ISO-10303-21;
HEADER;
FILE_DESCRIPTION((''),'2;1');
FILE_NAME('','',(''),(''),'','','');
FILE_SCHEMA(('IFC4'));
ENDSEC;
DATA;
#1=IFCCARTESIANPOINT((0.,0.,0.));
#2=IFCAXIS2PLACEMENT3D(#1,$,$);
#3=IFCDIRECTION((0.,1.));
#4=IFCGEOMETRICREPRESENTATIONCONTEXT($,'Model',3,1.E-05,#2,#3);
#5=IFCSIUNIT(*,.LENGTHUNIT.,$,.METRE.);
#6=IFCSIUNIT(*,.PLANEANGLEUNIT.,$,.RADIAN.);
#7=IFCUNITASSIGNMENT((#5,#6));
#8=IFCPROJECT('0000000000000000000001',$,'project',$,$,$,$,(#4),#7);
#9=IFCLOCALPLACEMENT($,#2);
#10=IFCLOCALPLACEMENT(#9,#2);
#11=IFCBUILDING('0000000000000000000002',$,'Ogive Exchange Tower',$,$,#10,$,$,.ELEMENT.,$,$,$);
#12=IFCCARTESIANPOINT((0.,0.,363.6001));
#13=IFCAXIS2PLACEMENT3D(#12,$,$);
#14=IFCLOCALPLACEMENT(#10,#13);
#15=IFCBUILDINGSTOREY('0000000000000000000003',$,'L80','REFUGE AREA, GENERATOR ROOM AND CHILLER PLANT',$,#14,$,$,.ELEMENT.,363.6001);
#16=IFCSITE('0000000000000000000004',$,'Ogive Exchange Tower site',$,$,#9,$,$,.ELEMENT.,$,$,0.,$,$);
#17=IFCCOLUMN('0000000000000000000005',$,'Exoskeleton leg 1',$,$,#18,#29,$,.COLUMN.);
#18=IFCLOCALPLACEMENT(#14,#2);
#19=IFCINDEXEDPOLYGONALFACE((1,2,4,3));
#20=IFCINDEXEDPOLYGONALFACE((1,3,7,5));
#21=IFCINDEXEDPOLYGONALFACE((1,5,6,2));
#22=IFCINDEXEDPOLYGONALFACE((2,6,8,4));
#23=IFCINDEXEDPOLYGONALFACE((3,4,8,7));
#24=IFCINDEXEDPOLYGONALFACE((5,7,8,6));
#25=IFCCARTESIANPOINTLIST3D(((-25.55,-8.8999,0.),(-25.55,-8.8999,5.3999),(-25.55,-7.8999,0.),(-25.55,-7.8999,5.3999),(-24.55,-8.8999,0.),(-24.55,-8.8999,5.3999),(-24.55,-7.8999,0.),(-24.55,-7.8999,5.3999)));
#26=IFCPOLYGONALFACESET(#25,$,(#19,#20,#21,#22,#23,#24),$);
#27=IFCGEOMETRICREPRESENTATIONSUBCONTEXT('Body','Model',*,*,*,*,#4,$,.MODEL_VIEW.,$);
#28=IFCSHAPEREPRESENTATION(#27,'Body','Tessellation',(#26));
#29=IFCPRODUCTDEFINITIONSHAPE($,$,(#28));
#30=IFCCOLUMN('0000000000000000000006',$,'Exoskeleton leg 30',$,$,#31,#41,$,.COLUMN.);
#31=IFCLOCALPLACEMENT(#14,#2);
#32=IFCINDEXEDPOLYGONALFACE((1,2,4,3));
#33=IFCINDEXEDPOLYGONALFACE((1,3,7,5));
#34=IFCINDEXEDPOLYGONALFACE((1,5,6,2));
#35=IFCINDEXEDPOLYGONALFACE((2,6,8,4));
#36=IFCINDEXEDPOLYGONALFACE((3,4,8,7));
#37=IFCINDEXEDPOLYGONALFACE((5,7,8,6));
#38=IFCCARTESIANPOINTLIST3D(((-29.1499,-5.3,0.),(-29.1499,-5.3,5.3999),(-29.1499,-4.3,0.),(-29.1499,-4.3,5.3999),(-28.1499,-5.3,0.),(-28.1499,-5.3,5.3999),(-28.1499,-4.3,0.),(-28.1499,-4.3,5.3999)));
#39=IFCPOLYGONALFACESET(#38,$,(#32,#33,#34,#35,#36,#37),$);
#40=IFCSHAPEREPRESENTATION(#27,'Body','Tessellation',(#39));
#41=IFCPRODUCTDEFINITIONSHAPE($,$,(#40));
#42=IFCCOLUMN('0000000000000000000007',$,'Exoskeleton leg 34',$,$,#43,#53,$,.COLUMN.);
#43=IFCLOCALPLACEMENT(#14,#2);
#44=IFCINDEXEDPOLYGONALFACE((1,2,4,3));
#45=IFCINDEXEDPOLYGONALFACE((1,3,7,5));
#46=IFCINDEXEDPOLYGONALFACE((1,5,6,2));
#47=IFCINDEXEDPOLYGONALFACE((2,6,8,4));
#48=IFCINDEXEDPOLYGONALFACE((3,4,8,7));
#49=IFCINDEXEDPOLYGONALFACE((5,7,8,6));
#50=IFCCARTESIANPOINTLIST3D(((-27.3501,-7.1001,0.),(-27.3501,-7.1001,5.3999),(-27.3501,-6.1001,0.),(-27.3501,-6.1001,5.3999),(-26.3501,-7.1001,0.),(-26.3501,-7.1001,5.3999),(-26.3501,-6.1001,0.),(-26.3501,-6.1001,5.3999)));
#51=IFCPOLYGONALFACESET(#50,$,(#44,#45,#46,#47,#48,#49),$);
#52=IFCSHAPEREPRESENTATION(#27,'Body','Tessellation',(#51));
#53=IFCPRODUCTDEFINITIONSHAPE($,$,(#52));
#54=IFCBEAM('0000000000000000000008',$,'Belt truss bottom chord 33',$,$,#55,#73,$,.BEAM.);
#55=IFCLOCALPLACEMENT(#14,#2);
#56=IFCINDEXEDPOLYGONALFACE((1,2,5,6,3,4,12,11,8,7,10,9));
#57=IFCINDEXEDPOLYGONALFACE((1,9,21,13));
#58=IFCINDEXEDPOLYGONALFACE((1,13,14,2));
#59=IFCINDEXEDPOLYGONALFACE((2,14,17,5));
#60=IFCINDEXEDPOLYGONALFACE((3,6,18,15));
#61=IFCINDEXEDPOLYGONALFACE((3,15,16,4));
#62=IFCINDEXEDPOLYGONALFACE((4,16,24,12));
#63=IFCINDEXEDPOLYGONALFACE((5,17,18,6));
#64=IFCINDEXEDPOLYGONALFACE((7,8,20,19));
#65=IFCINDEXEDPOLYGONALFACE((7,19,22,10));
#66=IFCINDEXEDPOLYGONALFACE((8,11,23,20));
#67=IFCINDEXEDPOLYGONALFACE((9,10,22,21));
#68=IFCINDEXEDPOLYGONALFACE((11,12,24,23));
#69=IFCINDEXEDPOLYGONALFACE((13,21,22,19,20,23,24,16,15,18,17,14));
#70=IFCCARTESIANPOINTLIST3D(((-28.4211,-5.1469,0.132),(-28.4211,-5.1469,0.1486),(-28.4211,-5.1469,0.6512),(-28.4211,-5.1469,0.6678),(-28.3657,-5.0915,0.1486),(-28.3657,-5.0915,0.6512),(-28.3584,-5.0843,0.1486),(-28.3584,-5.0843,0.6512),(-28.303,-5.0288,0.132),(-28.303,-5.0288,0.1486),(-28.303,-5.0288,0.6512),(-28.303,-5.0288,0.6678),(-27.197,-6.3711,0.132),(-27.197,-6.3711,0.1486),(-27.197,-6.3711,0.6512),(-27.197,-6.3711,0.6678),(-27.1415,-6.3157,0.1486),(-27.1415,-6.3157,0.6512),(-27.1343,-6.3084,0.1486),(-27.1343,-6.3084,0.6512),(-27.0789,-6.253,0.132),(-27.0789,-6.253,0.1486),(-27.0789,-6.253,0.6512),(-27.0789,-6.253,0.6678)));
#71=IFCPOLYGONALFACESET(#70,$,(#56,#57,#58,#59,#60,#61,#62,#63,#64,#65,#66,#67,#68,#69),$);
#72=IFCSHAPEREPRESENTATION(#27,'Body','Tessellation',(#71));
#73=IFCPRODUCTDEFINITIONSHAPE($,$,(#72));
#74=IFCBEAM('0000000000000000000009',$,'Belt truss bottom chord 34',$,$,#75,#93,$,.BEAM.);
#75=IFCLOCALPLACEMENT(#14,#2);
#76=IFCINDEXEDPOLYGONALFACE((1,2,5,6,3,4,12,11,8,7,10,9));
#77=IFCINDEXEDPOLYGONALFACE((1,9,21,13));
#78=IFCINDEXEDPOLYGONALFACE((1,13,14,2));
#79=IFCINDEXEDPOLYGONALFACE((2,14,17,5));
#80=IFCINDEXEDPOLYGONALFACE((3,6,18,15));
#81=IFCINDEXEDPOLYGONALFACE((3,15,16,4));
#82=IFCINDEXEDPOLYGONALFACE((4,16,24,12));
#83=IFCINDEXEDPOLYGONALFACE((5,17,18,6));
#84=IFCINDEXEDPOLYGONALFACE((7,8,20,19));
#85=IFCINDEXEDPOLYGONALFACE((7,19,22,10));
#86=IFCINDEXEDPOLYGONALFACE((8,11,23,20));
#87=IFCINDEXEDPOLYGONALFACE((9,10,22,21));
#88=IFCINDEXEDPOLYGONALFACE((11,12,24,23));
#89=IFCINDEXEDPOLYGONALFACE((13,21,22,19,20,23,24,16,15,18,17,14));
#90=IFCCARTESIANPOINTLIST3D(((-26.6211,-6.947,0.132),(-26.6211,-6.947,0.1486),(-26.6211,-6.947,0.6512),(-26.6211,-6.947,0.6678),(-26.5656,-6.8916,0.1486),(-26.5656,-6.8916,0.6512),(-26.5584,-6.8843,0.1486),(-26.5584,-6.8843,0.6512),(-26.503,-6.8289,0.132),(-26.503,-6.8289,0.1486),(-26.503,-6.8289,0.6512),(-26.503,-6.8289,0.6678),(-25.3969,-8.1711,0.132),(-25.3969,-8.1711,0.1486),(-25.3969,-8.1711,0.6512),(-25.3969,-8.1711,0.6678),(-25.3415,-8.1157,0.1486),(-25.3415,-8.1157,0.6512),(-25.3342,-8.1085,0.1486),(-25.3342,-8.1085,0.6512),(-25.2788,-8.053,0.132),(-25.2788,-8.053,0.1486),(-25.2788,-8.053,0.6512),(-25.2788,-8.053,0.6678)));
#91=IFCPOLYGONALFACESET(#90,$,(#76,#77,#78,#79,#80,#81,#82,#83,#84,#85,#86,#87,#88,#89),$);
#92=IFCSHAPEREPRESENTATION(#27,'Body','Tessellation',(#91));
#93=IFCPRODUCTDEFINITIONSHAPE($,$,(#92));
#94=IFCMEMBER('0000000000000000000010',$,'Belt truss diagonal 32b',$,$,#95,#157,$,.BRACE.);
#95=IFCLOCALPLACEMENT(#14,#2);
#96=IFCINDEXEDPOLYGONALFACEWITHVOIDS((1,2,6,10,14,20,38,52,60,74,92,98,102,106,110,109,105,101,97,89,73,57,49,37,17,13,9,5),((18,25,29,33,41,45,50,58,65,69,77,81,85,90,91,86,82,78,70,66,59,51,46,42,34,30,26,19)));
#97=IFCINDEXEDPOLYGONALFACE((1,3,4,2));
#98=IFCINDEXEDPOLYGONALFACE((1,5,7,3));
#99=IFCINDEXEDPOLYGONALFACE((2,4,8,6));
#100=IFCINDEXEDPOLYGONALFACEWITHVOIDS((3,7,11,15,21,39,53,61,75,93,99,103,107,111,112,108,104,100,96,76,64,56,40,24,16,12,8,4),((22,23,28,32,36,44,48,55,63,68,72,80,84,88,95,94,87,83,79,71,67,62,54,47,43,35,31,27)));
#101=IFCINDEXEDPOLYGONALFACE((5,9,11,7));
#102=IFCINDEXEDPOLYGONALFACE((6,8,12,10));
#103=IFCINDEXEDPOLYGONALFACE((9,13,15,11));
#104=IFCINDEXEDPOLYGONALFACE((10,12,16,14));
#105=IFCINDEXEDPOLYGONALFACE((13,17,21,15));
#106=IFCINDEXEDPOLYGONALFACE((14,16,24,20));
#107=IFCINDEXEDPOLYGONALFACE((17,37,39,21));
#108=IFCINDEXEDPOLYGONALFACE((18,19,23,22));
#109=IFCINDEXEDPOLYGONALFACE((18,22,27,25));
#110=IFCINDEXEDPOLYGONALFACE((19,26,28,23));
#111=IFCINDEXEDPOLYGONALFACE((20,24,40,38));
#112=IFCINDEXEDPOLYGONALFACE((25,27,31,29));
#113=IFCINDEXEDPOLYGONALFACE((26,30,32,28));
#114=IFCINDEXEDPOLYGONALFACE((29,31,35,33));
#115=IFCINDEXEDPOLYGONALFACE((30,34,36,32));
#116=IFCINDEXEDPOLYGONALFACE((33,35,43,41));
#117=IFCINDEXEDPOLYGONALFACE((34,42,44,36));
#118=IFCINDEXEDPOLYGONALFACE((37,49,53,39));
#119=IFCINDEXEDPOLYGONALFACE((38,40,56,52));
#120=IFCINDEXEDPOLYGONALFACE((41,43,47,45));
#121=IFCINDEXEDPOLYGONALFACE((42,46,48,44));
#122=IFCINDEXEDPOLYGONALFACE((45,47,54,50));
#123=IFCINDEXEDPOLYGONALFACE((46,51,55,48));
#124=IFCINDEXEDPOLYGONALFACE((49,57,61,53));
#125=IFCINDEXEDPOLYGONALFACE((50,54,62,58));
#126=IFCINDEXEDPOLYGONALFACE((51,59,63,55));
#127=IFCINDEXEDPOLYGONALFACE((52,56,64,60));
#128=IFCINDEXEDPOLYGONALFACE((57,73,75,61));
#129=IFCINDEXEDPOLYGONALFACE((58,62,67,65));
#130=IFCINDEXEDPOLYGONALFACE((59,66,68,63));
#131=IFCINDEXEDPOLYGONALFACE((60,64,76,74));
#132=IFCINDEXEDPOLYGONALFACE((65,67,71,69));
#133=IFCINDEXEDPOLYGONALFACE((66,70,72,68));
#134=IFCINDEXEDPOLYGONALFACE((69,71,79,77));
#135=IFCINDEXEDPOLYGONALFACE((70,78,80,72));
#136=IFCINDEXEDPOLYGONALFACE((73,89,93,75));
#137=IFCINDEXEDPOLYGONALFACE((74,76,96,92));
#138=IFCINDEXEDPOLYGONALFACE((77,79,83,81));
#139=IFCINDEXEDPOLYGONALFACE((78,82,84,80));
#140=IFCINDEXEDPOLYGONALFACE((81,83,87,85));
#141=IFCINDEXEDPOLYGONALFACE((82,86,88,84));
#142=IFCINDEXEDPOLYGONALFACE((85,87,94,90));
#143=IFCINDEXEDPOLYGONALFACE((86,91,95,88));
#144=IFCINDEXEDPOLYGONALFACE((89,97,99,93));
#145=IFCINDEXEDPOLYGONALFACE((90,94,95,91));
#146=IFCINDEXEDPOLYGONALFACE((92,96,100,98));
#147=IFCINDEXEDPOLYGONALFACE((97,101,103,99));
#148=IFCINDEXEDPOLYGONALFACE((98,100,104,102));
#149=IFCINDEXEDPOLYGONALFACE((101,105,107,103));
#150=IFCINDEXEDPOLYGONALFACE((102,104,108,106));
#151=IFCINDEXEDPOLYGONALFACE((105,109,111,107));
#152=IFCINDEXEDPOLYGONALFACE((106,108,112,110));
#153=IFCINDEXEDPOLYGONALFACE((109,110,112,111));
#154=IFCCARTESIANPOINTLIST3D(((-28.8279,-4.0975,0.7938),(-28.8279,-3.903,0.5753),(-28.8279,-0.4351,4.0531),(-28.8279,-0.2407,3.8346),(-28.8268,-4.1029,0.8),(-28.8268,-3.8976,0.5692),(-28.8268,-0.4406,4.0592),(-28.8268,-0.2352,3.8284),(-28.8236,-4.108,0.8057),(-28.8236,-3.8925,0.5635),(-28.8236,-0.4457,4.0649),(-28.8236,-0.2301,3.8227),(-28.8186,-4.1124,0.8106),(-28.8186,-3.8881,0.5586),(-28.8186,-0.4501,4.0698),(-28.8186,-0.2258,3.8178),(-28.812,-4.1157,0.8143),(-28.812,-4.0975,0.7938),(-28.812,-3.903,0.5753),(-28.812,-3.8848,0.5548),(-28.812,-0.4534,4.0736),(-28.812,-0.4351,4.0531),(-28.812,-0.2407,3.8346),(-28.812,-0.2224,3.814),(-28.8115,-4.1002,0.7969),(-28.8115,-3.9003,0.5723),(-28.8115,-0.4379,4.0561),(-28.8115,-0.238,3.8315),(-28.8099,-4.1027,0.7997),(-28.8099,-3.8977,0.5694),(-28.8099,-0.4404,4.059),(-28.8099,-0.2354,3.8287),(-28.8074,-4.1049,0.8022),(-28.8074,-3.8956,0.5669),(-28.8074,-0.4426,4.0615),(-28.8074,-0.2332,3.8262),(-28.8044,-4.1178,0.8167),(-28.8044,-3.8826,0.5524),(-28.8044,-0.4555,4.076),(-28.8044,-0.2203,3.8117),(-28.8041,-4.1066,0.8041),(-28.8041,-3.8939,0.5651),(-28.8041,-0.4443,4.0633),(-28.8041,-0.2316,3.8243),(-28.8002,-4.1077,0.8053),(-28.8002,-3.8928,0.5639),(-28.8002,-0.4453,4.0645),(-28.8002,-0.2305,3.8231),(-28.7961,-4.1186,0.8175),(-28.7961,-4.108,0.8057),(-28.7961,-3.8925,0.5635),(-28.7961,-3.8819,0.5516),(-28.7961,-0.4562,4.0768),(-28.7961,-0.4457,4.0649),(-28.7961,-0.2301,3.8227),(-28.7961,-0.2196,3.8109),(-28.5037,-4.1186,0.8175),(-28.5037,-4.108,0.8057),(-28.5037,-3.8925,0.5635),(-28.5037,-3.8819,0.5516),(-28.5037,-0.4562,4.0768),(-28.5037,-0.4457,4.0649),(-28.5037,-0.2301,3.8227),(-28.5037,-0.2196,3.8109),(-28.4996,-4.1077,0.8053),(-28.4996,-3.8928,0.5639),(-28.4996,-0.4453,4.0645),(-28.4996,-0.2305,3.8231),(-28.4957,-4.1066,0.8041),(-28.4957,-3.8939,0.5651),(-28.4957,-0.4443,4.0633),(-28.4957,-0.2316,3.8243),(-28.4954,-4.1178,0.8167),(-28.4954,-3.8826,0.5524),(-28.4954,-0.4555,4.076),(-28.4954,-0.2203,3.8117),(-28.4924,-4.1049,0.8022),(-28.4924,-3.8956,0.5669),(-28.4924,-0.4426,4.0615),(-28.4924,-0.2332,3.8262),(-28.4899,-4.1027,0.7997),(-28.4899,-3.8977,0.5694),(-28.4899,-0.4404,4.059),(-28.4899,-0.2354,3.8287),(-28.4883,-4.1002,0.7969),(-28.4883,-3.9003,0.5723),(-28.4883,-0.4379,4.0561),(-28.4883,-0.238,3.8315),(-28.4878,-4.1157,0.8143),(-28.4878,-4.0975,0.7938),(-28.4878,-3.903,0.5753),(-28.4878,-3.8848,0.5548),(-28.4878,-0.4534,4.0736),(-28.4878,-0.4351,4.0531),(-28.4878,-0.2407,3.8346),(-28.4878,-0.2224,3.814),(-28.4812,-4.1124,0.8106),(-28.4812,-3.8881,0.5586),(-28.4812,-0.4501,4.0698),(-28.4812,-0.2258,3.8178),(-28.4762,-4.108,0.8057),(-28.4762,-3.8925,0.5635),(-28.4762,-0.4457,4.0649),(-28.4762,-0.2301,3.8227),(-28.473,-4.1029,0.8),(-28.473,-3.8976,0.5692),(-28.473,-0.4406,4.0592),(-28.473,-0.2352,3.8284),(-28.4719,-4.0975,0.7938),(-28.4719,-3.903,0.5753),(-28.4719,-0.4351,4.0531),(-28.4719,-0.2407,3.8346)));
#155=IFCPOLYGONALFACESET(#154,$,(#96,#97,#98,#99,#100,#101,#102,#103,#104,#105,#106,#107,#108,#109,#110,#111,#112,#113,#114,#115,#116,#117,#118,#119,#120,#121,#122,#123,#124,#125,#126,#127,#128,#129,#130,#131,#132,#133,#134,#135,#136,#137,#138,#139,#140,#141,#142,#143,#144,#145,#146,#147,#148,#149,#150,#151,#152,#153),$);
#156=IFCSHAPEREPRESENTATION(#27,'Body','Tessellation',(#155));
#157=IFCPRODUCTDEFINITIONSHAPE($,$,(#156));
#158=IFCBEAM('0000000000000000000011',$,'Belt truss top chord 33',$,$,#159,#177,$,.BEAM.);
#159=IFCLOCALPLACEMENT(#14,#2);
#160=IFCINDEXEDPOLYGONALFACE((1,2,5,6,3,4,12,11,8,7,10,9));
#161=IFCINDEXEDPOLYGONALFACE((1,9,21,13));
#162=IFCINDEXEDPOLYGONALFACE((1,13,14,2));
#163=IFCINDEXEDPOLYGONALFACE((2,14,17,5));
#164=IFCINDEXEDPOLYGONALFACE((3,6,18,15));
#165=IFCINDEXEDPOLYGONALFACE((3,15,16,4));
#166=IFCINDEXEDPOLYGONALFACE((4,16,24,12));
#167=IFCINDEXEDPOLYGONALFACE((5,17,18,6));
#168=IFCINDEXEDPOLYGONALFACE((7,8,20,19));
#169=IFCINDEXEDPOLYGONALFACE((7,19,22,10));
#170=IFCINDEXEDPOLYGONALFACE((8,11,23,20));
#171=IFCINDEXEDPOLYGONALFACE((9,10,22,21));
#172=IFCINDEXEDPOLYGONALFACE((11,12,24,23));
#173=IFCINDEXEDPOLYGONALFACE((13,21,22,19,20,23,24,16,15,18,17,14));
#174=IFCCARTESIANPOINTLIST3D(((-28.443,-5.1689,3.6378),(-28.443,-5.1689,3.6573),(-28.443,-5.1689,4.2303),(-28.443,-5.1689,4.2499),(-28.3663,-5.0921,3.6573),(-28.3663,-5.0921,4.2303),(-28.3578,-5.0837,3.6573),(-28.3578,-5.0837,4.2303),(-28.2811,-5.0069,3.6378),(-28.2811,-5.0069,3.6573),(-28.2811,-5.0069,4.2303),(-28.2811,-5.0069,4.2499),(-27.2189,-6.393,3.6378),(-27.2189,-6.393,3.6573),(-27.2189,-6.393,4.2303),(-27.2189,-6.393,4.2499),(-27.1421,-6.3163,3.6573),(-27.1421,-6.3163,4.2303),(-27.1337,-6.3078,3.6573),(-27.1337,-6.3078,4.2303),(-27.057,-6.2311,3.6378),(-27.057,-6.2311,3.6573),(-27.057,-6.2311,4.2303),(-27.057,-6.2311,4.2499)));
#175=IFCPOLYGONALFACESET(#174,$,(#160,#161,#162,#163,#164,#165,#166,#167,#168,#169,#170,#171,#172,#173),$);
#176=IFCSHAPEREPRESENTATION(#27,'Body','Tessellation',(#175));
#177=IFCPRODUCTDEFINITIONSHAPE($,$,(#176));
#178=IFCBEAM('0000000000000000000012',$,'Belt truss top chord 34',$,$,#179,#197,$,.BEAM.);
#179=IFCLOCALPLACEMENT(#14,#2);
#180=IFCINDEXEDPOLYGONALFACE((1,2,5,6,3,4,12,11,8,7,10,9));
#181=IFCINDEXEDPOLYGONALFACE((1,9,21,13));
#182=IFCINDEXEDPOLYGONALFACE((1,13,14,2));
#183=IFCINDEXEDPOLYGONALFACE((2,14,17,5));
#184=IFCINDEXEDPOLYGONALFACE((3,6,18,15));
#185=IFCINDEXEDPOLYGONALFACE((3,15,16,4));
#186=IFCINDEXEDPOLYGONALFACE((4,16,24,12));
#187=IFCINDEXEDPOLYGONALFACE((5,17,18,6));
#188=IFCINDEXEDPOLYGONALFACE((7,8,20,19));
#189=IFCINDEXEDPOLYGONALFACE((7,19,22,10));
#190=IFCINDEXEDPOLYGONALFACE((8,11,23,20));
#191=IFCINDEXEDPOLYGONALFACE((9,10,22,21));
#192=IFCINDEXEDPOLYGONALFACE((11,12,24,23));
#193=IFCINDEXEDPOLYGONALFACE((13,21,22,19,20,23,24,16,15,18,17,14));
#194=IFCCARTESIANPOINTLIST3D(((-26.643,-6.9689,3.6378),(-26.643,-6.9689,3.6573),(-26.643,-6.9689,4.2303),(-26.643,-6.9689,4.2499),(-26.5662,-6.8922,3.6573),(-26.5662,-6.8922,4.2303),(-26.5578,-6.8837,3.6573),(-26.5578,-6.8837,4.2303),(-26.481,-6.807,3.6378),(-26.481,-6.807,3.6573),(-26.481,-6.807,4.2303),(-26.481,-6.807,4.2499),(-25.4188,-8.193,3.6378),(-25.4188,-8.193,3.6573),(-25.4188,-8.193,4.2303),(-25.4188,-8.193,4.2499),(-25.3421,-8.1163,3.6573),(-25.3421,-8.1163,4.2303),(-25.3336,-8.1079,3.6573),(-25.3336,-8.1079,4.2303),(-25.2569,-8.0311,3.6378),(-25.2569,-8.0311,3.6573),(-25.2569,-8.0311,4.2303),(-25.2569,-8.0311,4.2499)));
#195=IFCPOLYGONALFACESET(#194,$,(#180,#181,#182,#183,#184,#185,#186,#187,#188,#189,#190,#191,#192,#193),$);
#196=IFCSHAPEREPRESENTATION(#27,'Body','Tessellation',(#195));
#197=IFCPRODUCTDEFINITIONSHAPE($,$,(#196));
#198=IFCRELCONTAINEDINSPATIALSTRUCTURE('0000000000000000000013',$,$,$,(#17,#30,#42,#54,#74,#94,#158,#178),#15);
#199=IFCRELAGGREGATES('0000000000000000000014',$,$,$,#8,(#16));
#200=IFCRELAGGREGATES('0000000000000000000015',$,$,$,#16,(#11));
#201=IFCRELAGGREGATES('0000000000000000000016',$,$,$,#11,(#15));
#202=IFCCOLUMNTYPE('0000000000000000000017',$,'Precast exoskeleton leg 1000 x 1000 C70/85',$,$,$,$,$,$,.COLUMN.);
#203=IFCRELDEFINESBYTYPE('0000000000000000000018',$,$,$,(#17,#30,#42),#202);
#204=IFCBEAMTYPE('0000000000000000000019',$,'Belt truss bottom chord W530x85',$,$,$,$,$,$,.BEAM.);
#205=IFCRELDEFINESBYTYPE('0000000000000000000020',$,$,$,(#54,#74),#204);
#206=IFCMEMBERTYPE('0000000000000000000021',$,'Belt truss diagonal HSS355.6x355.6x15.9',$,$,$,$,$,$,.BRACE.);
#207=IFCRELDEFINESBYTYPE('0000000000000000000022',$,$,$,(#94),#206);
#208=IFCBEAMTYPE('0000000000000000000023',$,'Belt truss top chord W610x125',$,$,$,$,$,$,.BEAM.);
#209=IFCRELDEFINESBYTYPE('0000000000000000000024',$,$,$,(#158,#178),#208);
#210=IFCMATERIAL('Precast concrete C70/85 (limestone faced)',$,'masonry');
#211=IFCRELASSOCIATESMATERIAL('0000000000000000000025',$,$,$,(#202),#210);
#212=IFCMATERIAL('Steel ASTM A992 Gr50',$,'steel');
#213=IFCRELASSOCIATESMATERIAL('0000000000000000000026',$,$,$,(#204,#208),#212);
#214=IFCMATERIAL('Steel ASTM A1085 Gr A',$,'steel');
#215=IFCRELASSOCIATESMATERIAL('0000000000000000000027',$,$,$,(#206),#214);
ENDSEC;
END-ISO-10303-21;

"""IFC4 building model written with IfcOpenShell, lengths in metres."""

from ifc_helpers import new_model, si_unit, direction, frame, origin, origin_2d, place, context, subcontext, project, spatial, rectangle, hollow_rectangle, i_section, extrude, material, material_profile, profile_set, type_object, element, save


model = new_model("IFC4")

# Units and contexts
model_context = context("Model", 3, precision=1e-05, world=origin(), true_north=direction((0.0, 1.0)))
body_context = subcontext(model_context, "Body", "Model", "MODEL_VIEW")
ifc_project = project(units=[si_unit("LENGTHUNIT", "METRE"), si_unit("PLANEANGLEUNIT", "RADIAN")], contexts=[model_context])

# Site, building, storey
site_placement = place(None, origin())
site = spatial("IfcSite", under=ifc_project, at=site_placement, Name="Ogive Exchange Tower site", CompositionType="ELEMENT", RefElevation=0.0)
building_placement = place(site_placement, origin())
building = spatial("IfcBuilding", under=site, at=building_placement, Name="Ogive Exchange Tower", CompositionType="ELEMENT")
storey_placement = place(building_placement, frame((0.0, 0.0, 363.6001)))
storey = spatial("IfcBuildingStorey", under=building, at=storey_placement, Name="L80", Description="REFUGE AREA, GENERATOR ROOM AND CHILLER PLANT", CompositionType="ELEMENT", Elevation=363.6001)

# Columns
ifc_material_1 = material(Name="Precast concrete C70/85 (limestone faced)", Category="masonry")
ifc_material_profile_1 = material_profile(ifc_material_1, rectangle(XDim=1.0, YDim=1.0, at=origin_2d()), Name="1000 x 1000")
ifc_profile_set_1 = profile_set([ifc_material_profile_1], Name="Precast concrete C70/85 (limestone faced)")
column_type = type_object("IfcColumnType", Name="Precast exoskeleton leg 1000 x 1000 C70/85", PredefinedType="COLUMN", material=ifc_profile_set_1)
for number, where, z_axis, x_axis, name in (
    (1, (-25.05, -8.3999, 0.0), (0.0, 0.0, 1.0), (1.0, 0.0, 0.0), "Exoskeleton leg 1"),
    (2, (-28.6499, -4.8, 0.0), (0.0, 0.0, 1.0), (1.0, 0.0, 0.0), "Exoskeleton leg 30"),
    (3, (-26.8501, -6.6001, 0.0), (0.0, 0.0, 1.0), (1.0, 0.0, 0.0), "Exoskeleton leg 34"),
):
    element("IfcColumn", number, at=place(storey_placement, frame(where, z_axis=z_axis, x_axis=x_axis)), inside=storey, type_object=column_type, Name=name, PredefinedType="COLUMN", context=body_context, shape_type="SweptSolid", body=[
        extrude(rectangle(XDim=1.0, YDim=1.0, at=origin_2d()), origin(), (0.0, 0.0, 1.0), 5.3999),
    ])

# Beams
ifc_material_2 = material(Name="Steel ASTM A992 Gr50", Category="steel")
ifc_material_profile_2 = material_profile(ifc_material_2, i_section(OverallWidth=0.167, OverallDepth=0.5359, WebThickness=0.0103, FlangeThickness=0.0166, at=origin_2d()), Name="W530x85")
ifc_profile_set_2 = profile_set([ifc_material_profile_2], Name="Steel ASTM A992 Gr50")
beam_type_1 = type_object("IfcBeamType", Name="Belt truss bottom chord W530x85", PredefinedType="BEAM", material=ifc_profile_set_2)
for number, where, z_axis, x_axis, name in (
    (4, (-28.3621, -5.0879, 0.3999), (0.707107, -0.707107, 0.0), (0.707107, 0.707107, 0.0), "Belt truss bottom chord 33"),
    (5, (-26.562, -6.8879, 0.3999), (0.707107, -0.707107, 0.0), (0.707107, 0.707107, 0.0), "Belt truss bottom chord 34"),
):
    element("IfcBeam", number, at=place(storey_placement, frame(where, z_axis=z_axis, x_axis=x_axis)), inside=storey, type_object=beam_type_1, Name=name, PredefinedType="BEAM", context=body_context, shape_type="SweptSolid", body=[
        extrude(i_section(OverallWidth=0.167, OverallDepth=0.5359, WebThickness=0.0103, FlangeThickness=0.0166, at=origin_2d()), origin(), (0.0, 0.0, 1.0), 1.7312),
    ])

# Member
ifc_material_3 = material(Name="Steel ASTM A1085 Gr A", Category="steel")
ifc_material_profile_3 = material_profile(ifc_material_3, hollow_rectangle(XDim=0.356, YDim=0.356, WallThickness=0.0159, InnerFilletRadius=0.0159, OuterFilletRadius=0.0317, at=origin_2d()), Name="HSS355.6x355.6x15.9")
ifc_profile_set_3 = profile_set([ifc_material_profile_3], Name="Steel ASTM A1085 Gr A")
member_type = type_object("IfcMemberType", Name="Belt truss diagonal HSS355.6x355.6x15.9", PredefinedType="BRACE", material=ifc_profile_set_3)
member_placement = place(storey_placement, frame((-28.6499, -4.0002, 0.6846), z_axis=(0.0, 0.747019, 0.664803), x_axis=(-1.0, 0.0, 0.0)))
element("IfcMember", 6, at=member_placement, inside=storey, type_object=member_type, Name="Belt truss diagonal 32b", PredefinedType="BRACE", context=body_context, shape_type="SweptSolid", body=[
    extrude(hollow_rectangle(XDim=0.356, YDim=0.356, WallThickness=0.0159, InnerFilletRadius=0.0159, OuterFilletRadius=0.0317, at=origin_2d()), origin(), (0.0, 0.0, 1.0), 4.9026),
])

# Beams
ifc_material_profile_4 = material_profile(ifc_material_2, i_section(OverallWidth=0.229, OverallDepth=0.6121, WebThickness=0.012, FlangeThickness=0.0195, at=origin_2d()), Name="W610x125")
ifc_profile_set_4 = profile_set([ifc_material_profile_4], Name="Steel ASTM A992 Gr50")
beam_type_2 = type_object("IfcBeamType", Name="Belt truss top chord W610x125", PredefinedType="BEAM", material=ifc_profile_set_4)
for number, where, z_axis, x_axis, name in (
    (7, (-28.3621, -5.0879, 3.9438), (0.707107, -0.707107, 0.0), (0.707107, 0.707107, 0.0), "Belt truss top chord 33"),
    (8, (-26.562, -6.8879, 3.9438), (0.707107, -0.707107, 0.0), (0.707107, 0.707107, 0.0), "Belt truss top chord 34"),
):
    element("IfcBeam", number, at=place(storey_placement, frame(where, z_axis=z_axis, x_axis=x_axis)), inside=storey, type_object=beam_type_2, Name=name, PredefinedType="BEAM", context=body_context, shape_type="SweptSolid", body=[
        extrude(i_section(OverallWidth=0.229, OverallDepth=0.6121, WebThickness=0.012, FlangeThickness=0.0195, at=origin_2d()), origin(), (0.0, 0.0, 1.0), 1.7312),
    ])

save(model, "model.ifc")
